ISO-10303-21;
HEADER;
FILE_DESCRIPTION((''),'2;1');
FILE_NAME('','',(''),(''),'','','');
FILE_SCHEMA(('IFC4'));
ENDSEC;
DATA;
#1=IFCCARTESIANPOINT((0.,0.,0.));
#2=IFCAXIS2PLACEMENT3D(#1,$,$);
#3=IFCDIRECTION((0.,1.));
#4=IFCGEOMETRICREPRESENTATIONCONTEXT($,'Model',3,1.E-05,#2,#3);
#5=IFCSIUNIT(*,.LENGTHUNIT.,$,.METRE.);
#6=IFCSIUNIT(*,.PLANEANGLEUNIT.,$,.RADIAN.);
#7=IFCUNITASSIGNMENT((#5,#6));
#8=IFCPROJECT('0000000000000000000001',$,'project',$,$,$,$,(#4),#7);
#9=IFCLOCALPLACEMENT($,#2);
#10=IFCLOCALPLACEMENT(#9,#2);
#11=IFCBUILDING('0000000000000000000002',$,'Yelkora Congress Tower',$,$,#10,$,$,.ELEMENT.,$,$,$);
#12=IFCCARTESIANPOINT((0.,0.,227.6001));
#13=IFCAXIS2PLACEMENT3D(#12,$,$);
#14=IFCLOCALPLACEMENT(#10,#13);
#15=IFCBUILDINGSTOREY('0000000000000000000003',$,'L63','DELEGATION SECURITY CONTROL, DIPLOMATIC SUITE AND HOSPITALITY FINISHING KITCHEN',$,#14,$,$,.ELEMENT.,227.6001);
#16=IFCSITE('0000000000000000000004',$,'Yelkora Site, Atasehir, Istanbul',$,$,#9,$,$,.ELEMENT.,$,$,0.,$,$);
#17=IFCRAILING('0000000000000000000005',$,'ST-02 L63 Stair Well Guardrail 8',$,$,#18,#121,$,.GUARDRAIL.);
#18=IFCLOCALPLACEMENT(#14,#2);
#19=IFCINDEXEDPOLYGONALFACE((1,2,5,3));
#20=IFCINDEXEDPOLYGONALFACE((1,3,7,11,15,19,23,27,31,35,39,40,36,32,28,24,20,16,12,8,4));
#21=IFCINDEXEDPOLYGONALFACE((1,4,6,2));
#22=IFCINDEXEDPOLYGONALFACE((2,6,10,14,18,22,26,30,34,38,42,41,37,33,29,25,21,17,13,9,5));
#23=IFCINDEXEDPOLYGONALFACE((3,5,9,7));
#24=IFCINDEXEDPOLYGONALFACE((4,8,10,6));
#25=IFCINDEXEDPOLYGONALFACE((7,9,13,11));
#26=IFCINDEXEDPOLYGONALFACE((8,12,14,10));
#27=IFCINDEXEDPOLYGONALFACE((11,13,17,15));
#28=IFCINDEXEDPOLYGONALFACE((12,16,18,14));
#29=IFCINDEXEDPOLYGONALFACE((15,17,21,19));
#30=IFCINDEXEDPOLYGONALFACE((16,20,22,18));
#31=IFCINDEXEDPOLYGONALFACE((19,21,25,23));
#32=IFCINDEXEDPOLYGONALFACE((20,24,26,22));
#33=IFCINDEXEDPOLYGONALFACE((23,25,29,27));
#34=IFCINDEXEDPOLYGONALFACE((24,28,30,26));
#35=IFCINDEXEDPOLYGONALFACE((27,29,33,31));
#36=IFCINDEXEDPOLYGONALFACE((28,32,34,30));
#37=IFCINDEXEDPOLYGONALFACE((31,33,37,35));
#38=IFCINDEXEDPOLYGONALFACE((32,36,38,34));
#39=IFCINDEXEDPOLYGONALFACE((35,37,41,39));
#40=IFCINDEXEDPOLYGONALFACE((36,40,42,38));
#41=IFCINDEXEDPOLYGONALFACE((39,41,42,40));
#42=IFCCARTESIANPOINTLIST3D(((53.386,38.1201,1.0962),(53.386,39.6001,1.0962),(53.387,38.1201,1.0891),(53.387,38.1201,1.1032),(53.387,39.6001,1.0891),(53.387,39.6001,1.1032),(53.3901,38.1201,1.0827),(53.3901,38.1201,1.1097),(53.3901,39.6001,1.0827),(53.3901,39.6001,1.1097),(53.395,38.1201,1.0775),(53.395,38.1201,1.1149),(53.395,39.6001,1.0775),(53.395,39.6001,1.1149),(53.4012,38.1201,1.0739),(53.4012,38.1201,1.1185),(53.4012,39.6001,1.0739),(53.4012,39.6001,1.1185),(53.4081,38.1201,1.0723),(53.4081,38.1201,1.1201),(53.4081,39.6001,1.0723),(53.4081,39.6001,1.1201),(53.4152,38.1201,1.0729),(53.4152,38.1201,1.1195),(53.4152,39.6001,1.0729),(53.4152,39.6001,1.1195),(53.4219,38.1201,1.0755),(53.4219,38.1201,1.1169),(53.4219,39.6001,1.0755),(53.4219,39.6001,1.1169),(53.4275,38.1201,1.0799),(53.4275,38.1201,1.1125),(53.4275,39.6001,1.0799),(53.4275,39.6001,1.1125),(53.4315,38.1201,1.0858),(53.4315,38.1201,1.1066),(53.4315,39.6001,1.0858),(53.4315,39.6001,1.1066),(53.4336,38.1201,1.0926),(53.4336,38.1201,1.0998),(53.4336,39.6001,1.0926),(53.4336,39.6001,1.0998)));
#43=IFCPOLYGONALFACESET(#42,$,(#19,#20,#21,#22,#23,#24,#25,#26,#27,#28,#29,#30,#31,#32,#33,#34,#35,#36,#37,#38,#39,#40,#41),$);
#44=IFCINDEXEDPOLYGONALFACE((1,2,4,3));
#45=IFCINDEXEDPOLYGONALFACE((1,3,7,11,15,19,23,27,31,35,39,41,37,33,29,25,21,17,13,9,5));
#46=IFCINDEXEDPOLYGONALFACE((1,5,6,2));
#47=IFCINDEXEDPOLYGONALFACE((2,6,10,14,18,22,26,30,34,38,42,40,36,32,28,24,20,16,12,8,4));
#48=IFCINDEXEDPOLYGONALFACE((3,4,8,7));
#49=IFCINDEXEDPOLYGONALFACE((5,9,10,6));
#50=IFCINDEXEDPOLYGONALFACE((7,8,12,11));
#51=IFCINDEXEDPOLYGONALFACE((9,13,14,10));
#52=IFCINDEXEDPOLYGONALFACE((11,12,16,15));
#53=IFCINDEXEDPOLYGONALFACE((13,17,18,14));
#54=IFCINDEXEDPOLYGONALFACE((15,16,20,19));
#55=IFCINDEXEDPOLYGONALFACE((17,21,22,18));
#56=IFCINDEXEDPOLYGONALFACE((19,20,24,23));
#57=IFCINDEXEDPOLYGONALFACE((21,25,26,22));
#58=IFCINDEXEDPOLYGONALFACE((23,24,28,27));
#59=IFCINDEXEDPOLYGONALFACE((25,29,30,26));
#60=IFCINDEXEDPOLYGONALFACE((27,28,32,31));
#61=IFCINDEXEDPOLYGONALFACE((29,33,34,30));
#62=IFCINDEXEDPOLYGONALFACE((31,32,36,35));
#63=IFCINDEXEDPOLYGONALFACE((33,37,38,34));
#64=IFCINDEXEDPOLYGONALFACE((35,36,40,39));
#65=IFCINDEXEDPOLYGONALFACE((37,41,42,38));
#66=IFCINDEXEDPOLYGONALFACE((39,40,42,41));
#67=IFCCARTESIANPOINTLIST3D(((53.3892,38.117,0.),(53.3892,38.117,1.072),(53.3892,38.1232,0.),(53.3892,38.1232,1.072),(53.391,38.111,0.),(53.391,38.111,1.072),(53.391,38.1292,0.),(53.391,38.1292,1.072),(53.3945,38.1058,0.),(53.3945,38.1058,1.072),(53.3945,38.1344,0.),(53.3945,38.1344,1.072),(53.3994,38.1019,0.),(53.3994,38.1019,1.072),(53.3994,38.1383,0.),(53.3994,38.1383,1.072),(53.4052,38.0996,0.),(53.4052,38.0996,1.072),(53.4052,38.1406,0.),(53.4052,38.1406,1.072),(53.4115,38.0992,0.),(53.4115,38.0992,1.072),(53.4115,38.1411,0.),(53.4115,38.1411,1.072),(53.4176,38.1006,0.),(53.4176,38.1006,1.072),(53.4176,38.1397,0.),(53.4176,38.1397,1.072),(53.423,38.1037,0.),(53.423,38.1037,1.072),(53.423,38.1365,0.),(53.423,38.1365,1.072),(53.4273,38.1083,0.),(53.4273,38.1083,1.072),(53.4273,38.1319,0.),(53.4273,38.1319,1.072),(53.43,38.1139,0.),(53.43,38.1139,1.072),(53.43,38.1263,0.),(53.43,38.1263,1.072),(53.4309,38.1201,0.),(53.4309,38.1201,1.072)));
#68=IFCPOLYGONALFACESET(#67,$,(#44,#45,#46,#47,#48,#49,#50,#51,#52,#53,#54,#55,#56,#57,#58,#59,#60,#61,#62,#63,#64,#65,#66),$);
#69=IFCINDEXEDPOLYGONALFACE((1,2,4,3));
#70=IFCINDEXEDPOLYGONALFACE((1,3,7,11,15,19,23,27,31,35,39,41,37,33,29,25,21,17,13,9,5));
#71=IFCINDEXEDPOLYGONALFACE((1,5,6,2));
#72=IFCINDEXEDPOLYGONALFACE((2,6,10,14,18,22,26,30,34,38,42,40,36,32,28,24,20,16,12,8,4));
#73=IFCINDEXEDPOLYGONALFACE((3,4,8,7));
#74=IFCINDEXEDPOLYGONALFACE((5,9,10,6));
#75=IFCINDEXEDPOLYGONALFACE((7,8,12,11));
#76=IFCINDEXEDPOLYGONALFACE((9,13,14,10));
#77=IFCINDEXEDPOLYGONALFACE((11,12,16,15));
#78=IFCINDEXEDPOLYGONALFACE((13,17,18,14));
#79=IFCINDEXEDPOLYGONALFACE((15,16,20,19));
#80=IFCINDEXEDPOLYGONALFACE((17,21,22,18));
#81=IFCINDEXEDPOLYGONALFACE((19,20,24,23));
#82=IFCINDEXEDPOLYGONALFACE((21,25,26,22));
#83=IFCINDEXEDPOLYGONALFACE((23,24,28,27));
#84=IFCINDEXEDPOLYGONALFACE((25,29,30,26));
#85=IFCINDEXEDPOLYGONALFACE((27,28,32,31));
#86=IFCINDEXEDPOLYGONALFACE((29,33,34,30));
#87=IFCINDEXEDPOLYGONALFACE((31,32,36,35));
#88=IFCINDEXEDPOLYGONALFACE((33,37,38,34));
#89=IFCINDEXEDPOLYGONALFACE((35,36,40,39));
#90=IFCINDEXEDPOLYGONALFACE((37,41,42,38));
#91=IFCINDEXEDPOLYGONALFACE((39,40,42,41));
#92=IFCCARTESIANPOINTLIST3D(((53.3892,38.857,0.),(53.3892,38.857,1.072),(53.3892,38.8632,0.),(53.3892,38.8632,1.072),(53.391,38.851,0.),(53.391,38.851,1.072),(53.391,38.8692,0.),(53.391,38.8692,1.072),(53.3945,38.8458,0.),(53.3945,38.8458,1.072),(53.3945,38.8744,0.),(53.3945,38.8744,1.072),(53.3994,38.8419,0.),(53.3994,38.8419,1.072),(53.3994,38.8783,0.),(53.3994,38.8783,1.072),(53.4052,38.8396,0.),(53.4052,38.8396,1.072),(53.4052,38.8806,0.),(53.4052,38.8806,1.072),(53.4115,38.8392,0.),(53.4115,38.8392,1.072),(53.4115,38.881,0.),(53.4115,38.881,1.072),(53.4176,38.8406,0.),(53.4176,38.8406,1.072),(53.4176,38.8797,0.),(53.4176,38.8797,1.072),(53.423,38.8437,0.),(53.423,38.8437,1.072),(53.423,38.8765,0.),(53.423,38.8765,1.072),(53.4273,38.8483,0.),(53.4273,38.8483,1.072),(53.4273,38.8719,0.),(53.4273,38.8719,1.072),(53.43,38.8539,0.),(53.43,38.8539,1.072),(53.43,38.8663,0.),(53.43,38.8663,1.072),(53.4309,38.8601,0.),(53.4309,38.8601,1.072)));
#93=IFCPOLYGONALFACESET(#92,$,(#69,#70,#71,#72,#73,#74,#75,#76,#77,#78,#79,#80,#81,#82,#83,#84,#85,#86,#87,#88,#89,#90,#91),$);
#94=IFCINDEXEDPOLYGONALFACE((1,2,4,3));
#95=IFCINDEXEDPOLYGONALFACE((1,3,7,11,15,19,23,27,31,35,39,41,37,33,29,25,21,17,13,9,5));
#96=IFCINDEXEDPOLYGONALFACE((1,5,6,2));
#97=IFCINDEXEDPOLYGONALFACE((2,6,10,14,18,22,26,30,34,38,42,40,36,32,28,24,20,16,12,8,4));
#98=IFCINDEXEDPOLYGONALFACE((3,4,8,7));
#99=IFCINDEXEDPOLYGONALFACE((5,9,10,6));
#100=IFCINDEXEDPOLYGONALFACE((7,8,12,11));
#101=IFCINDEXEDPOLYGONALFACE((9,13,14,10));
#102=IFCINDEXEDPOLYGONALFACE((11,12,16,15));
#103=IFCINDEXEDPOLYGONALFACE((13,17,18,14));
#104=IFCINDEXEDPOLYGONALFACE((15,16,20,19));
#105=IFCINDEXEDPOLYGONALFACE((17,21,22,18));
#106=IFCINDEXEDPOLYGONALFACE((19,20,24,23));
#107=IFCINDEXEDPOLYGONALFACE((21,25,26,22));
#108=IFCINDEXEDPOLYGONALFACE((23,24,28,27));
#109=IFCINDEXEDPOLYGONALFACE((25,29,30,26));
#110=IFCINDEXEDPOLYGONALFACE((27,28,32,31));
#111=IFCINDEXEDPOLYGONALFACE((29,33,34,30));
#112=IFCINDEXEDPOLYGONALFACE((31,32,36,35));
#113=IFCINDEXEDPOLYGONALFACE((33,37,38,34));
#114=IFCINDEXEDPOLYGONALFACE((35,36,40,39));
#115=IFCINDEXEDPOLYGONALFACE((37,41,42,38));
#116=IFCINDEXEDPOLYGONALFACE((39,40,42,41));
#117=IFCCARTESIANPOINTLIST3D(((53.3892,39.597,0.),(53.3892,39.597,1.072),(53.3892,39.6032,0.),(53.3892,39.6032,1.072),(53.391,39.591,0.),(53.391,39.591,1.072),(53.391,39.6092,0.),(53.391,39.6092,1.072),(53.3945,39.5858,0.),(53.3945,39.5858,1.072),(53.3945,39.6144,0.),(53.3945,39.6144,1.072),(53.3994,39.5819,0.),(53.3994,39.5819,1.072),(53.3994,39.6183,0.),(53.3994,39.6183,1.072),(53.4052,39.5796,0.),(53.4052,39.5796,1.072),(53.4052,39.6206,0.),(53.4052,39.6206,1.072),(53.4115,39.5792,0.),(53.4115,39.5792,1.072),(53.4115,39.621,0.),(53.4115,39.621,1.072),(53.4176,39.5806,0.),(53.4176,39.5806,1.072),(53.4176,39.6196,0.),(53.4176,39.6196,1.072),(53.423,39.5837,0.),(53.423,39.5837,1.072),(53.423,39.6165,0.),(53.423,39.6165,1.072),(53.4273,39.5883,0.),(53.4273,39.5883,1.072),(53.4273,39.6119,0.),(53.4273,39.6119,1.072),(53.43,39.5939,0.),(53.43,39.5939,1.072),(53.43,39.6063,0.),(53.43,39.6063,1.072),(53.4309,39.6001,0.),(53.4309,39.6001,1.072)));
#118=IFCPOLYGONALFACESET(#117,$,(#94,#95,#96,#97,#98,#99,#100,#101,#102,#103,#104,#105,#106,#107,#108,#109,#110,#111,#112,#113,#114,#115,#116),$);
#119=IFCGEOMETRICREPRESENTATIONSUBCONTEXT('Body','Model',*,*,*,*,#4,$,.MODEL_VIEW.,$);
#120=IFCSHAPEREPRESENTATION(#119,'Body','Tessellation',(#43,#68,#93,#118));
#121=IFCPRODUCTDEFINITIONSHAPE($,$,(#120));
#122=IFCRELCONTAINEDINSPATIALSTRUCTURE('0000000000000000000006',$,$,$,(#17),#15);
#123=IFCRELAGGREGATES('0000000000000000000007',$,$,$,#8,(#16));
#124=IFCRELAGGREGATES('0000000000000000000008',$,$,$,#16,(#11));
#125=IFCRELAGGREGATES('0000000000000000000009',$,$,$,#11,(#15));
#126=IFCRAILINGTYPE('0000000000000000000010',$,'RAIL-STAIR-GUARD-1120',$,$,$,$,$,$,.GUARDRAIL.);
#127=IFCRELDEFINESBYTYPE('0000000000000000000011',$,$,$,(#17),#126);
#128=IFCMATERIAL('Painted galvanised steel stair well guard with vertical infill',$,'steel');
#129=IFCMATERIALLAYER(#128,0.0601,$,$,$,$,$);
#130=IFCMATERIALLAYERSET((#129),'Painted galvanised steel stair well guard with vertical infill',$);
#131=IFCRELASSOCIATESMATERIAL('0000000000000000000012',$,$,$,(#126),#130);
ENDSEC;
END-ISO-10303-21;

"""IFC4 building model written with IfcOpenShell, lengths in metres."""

from ifc_helpers import new_model, si_unit, direction, frame, origin, origin_2d, place, context, subcontext, project, spatial, circle, extrude, material, layer, layer_set, type_object, element, save


model = new_model("IFC4")

# Units and contexts
model_context = context("Model", 3, precision=1e-05, world=origin(), true_north=direction((0.0, 1.0)))
body_context = subcontext(model_context, "Body", "Model", "MODEL_VIEW")
ifc_project = project(units=[si_unit("LENGTHUNIT", "METRE"), si_unit("PLANEANGLEUNIT", "RADIAN")], contexts=[model_context])

# Site, building, storey
site_placement = place(None, origin())
site = spatial("IfcSite", under=ifc_project, at=site_placement, Name="Yelkora Site, Atasehir, Istanbul", CompositionType="ELEMENT", RefElevation=0.0)
building_placement = place(site_placement, origin())
building = spatial("IfcBuilding", under=site, at=building_placement, Name="Yelkora Congress Tower", CompositionType="ELEMENT")
storey_placement = place(building_placement, frame((0.0, 0.0, 227.6001)))
storey = spatial("IfcBuildingStorey", under=building, at=storey_placement, Name="L63", Description="DELEGATION SECURITY CONTROL, DIPLOMATIC SUITE AND HOSPITALITY FINISHING KITCHEN", CompositionType="ELEMENT", Elevation=227.6001)

# Railing
ifc_material_1 = material(Name="Painted galvanised steel stair well guard with vertical infill", Category="steel")
ifc_layer_1 = layer(ifc_material_1, 0.0601)
ifc_layer_set_1 = layer_set([ifc_layer_1], Name="Painted galvanised steel stair well guard with vertical infill")
railing_type_1 = type_object("IfcRailingType", Name="RAIL-STAIR-GUARD-1120", PredefinedType="GUARDRAIL", material=ifc_layer_set_1)
railing_1_placement = place(storey_placement, frame((53.4099, 38.1201, 0.0)))
element("IfcRailing", 1, at=railing_1_placement, inside=storey, type_object=railing_type_1, Name="ST-02 L63 Stair Well Guardrail 8", PredefinedType="GUARDRAIL", context=body_context, shape_type="SweptSolid", body=[
    extrude(circle(Radius=0.0239, at=origin_2d()), frame((0.0, 0.0, 1.0962), z_axis=(0.0, 1.0, 0.0), x_axis=(-1.0, 0.0, 0.0)), (0.0, 0.0, 1.0), 1.48),
    extrude(circle(Radius=0.021, at=origin_2d()), origin(), (0.0, 0.0, 1.0), 1.072),
    extrude(circle(Radius=0.021, at=origin_2d()), frame((0.0, 0.74, 0.0)), (0.0, 0.0, 1.0), 1.072),
    extrude(circle(Radius=0.021, at=origin_2d()), frame((0.0, 1.48, 0.0)), (0.0, 0.0, 1.0), 1.072),
])

save(model, "model.ifc")
